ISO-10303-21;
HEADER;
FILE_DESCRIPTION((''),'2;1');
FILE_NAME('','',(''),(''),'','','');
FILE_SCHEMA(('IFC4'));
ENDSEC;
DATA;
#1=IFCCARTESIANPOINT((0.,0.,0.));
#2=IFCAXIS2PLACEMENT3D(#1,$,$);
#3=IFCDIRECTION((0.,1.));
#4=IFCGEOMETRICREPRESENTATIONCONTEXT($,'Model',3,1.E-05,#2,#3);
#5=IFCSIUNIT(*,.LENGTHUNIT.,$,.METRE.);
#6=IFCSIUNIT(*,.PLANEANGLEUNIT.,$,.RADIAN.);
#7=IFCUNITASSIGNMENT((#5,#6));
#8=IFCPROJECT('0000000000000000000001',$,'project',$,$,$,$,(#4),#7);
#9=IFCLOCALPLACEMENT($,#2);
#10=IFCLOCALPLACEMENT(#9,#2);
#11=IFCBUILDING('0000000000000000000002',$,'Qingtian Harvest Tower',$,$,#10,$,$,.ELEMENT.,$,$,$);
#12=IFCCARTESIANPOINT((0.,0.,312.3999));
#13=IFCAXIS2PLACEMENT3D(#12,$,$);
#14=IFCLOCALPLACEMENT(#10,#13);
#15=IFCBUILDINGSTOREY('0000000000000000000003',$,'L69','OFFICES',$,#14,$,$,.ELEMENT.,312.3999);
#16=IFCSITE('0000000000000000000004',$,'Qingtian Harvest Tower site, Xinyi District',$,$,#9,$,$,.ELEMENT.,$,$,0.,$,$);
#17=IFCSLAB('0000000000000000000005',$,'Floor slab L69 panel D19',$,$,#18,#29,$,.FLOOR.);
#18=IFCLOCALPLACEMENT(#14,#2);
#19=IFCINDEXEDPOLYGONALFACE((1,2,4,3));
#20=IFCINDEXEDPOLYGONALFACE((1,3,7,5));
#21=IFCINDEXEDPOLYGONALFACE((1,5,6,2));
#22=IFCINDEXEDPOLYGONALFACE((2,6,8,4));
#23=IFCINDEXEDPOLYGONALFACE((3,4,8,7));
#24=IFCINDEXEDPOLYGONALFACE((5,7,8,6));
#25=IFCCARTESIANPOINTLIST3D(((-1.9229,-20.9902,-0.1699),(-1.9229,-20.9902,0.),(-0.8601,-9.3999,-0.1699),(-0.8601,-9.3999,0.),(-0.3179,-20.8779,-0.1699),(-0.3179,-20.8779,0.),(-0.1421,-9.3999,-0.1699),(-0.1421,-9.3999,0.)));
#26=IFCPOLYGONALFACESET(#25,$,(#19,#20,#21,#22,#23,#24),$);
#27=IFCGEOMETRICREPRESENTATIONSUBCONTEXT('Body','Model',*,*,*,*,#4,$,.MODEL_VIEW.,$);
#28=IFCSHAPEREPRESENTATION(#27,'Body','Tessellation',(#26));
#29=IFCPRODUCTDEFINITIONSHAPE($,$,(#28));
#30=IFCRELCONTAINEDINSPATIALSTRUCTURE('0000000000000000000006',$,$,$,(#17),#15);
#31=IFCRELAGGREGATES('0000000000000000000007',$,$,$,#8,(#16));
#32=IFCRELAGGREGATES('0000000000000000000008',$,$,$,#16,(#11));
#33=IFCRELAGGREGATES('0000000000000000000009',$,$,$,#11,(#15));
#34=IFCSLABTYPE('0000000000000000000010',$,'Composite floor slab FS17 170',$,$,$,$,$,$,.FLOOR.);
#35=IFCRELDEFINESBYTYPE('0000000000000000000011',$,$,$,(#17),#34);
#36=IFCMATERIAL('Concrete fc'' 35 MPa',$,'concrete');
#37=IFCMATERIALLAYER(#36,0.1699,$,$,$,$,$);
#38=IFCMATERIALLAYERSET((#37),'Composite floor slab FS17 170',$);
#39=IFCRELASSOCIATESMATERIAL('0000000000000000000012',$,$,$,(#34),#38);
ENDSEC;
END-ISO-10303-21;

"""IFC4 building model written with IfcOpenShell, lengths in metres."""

from ifc_helpers import new_model, si_unit, direction, frame, origin, place, context, subcontext, project, spatial, polyline, outline, extrude, material, layer, layer_set, type_object, element, save


model = new_model("IFC4")

# Units and contexts
model_context = context("Model", 3, precision=1e-05, world=origin(), true_north=direction((0.0, 1.0)))
body_context = subcontext(model_context, "Body", "Model", "MODEL_VIEW")
ifc_project = project(units=[si_unit("LENGTHUNIT", "METRE"), si_unit("PLANEANGLEUNIT", "RADIAN")], contexts=[model_context])

# Site, building, storey
site_placement = place(None, origin())
site = spatial("IfcSite", under=ifc_project, at=site_placement, Name="Qingtian Harvest Tower site, Xinyi District", CompositionType="ELEMENT", RefElevation=0.0)
building_placement = place(site_placement, origin())
building = spatial("IfcBuilding", under=site, at=building_placement, Name="Qingtian Harvest Tower", CompositionType="ELEMENT")
storey_placement = place(building_placement, frame((0.0, 0.0, 312.3999)))
storey = spatial("IfcBuildingStorey", under=building, at=storey_placement, Name="L69", Description="OFFICES", CompositionType="ELEMENT", Elevation=312.3999)

# Slab
ifc_material = material(Name="Concrete fc' 35 MPa", Category="concrete")
ifc_layer = layer(ifc_material, 0.1699)
ifc_layer_set = layer_set([ifc_layer], Name="Composite floor slab FS17 170")
slab_type = type_object("IfcSlabType", Name="Composite floor slab FS17 170", PredefinedType="FLOOR", material=ifc_layer_set)
slab_1_placement = place(storey_placement, frame((0.0, 0.0, -0.1699)))
element("IfcSlab", 1, at=slab_1_placement, inside=storey, type_object=slab_type, Name="Floor slab L69 panel D19", PredefinedType="FLOOR", context=body_context, shape_type="SweptSolid", body=[
    extrude(outline(polyline([(-0.1421, -9.3999), (-0.3179, -20.8779), (-1.9229, -20.9902), (-0.8601, -9.3999), (-0.1421, -9.3999)])), origin(), (0.0, 0.0, 1.0), 0.1699),
])

save(model, "model.ifc")
